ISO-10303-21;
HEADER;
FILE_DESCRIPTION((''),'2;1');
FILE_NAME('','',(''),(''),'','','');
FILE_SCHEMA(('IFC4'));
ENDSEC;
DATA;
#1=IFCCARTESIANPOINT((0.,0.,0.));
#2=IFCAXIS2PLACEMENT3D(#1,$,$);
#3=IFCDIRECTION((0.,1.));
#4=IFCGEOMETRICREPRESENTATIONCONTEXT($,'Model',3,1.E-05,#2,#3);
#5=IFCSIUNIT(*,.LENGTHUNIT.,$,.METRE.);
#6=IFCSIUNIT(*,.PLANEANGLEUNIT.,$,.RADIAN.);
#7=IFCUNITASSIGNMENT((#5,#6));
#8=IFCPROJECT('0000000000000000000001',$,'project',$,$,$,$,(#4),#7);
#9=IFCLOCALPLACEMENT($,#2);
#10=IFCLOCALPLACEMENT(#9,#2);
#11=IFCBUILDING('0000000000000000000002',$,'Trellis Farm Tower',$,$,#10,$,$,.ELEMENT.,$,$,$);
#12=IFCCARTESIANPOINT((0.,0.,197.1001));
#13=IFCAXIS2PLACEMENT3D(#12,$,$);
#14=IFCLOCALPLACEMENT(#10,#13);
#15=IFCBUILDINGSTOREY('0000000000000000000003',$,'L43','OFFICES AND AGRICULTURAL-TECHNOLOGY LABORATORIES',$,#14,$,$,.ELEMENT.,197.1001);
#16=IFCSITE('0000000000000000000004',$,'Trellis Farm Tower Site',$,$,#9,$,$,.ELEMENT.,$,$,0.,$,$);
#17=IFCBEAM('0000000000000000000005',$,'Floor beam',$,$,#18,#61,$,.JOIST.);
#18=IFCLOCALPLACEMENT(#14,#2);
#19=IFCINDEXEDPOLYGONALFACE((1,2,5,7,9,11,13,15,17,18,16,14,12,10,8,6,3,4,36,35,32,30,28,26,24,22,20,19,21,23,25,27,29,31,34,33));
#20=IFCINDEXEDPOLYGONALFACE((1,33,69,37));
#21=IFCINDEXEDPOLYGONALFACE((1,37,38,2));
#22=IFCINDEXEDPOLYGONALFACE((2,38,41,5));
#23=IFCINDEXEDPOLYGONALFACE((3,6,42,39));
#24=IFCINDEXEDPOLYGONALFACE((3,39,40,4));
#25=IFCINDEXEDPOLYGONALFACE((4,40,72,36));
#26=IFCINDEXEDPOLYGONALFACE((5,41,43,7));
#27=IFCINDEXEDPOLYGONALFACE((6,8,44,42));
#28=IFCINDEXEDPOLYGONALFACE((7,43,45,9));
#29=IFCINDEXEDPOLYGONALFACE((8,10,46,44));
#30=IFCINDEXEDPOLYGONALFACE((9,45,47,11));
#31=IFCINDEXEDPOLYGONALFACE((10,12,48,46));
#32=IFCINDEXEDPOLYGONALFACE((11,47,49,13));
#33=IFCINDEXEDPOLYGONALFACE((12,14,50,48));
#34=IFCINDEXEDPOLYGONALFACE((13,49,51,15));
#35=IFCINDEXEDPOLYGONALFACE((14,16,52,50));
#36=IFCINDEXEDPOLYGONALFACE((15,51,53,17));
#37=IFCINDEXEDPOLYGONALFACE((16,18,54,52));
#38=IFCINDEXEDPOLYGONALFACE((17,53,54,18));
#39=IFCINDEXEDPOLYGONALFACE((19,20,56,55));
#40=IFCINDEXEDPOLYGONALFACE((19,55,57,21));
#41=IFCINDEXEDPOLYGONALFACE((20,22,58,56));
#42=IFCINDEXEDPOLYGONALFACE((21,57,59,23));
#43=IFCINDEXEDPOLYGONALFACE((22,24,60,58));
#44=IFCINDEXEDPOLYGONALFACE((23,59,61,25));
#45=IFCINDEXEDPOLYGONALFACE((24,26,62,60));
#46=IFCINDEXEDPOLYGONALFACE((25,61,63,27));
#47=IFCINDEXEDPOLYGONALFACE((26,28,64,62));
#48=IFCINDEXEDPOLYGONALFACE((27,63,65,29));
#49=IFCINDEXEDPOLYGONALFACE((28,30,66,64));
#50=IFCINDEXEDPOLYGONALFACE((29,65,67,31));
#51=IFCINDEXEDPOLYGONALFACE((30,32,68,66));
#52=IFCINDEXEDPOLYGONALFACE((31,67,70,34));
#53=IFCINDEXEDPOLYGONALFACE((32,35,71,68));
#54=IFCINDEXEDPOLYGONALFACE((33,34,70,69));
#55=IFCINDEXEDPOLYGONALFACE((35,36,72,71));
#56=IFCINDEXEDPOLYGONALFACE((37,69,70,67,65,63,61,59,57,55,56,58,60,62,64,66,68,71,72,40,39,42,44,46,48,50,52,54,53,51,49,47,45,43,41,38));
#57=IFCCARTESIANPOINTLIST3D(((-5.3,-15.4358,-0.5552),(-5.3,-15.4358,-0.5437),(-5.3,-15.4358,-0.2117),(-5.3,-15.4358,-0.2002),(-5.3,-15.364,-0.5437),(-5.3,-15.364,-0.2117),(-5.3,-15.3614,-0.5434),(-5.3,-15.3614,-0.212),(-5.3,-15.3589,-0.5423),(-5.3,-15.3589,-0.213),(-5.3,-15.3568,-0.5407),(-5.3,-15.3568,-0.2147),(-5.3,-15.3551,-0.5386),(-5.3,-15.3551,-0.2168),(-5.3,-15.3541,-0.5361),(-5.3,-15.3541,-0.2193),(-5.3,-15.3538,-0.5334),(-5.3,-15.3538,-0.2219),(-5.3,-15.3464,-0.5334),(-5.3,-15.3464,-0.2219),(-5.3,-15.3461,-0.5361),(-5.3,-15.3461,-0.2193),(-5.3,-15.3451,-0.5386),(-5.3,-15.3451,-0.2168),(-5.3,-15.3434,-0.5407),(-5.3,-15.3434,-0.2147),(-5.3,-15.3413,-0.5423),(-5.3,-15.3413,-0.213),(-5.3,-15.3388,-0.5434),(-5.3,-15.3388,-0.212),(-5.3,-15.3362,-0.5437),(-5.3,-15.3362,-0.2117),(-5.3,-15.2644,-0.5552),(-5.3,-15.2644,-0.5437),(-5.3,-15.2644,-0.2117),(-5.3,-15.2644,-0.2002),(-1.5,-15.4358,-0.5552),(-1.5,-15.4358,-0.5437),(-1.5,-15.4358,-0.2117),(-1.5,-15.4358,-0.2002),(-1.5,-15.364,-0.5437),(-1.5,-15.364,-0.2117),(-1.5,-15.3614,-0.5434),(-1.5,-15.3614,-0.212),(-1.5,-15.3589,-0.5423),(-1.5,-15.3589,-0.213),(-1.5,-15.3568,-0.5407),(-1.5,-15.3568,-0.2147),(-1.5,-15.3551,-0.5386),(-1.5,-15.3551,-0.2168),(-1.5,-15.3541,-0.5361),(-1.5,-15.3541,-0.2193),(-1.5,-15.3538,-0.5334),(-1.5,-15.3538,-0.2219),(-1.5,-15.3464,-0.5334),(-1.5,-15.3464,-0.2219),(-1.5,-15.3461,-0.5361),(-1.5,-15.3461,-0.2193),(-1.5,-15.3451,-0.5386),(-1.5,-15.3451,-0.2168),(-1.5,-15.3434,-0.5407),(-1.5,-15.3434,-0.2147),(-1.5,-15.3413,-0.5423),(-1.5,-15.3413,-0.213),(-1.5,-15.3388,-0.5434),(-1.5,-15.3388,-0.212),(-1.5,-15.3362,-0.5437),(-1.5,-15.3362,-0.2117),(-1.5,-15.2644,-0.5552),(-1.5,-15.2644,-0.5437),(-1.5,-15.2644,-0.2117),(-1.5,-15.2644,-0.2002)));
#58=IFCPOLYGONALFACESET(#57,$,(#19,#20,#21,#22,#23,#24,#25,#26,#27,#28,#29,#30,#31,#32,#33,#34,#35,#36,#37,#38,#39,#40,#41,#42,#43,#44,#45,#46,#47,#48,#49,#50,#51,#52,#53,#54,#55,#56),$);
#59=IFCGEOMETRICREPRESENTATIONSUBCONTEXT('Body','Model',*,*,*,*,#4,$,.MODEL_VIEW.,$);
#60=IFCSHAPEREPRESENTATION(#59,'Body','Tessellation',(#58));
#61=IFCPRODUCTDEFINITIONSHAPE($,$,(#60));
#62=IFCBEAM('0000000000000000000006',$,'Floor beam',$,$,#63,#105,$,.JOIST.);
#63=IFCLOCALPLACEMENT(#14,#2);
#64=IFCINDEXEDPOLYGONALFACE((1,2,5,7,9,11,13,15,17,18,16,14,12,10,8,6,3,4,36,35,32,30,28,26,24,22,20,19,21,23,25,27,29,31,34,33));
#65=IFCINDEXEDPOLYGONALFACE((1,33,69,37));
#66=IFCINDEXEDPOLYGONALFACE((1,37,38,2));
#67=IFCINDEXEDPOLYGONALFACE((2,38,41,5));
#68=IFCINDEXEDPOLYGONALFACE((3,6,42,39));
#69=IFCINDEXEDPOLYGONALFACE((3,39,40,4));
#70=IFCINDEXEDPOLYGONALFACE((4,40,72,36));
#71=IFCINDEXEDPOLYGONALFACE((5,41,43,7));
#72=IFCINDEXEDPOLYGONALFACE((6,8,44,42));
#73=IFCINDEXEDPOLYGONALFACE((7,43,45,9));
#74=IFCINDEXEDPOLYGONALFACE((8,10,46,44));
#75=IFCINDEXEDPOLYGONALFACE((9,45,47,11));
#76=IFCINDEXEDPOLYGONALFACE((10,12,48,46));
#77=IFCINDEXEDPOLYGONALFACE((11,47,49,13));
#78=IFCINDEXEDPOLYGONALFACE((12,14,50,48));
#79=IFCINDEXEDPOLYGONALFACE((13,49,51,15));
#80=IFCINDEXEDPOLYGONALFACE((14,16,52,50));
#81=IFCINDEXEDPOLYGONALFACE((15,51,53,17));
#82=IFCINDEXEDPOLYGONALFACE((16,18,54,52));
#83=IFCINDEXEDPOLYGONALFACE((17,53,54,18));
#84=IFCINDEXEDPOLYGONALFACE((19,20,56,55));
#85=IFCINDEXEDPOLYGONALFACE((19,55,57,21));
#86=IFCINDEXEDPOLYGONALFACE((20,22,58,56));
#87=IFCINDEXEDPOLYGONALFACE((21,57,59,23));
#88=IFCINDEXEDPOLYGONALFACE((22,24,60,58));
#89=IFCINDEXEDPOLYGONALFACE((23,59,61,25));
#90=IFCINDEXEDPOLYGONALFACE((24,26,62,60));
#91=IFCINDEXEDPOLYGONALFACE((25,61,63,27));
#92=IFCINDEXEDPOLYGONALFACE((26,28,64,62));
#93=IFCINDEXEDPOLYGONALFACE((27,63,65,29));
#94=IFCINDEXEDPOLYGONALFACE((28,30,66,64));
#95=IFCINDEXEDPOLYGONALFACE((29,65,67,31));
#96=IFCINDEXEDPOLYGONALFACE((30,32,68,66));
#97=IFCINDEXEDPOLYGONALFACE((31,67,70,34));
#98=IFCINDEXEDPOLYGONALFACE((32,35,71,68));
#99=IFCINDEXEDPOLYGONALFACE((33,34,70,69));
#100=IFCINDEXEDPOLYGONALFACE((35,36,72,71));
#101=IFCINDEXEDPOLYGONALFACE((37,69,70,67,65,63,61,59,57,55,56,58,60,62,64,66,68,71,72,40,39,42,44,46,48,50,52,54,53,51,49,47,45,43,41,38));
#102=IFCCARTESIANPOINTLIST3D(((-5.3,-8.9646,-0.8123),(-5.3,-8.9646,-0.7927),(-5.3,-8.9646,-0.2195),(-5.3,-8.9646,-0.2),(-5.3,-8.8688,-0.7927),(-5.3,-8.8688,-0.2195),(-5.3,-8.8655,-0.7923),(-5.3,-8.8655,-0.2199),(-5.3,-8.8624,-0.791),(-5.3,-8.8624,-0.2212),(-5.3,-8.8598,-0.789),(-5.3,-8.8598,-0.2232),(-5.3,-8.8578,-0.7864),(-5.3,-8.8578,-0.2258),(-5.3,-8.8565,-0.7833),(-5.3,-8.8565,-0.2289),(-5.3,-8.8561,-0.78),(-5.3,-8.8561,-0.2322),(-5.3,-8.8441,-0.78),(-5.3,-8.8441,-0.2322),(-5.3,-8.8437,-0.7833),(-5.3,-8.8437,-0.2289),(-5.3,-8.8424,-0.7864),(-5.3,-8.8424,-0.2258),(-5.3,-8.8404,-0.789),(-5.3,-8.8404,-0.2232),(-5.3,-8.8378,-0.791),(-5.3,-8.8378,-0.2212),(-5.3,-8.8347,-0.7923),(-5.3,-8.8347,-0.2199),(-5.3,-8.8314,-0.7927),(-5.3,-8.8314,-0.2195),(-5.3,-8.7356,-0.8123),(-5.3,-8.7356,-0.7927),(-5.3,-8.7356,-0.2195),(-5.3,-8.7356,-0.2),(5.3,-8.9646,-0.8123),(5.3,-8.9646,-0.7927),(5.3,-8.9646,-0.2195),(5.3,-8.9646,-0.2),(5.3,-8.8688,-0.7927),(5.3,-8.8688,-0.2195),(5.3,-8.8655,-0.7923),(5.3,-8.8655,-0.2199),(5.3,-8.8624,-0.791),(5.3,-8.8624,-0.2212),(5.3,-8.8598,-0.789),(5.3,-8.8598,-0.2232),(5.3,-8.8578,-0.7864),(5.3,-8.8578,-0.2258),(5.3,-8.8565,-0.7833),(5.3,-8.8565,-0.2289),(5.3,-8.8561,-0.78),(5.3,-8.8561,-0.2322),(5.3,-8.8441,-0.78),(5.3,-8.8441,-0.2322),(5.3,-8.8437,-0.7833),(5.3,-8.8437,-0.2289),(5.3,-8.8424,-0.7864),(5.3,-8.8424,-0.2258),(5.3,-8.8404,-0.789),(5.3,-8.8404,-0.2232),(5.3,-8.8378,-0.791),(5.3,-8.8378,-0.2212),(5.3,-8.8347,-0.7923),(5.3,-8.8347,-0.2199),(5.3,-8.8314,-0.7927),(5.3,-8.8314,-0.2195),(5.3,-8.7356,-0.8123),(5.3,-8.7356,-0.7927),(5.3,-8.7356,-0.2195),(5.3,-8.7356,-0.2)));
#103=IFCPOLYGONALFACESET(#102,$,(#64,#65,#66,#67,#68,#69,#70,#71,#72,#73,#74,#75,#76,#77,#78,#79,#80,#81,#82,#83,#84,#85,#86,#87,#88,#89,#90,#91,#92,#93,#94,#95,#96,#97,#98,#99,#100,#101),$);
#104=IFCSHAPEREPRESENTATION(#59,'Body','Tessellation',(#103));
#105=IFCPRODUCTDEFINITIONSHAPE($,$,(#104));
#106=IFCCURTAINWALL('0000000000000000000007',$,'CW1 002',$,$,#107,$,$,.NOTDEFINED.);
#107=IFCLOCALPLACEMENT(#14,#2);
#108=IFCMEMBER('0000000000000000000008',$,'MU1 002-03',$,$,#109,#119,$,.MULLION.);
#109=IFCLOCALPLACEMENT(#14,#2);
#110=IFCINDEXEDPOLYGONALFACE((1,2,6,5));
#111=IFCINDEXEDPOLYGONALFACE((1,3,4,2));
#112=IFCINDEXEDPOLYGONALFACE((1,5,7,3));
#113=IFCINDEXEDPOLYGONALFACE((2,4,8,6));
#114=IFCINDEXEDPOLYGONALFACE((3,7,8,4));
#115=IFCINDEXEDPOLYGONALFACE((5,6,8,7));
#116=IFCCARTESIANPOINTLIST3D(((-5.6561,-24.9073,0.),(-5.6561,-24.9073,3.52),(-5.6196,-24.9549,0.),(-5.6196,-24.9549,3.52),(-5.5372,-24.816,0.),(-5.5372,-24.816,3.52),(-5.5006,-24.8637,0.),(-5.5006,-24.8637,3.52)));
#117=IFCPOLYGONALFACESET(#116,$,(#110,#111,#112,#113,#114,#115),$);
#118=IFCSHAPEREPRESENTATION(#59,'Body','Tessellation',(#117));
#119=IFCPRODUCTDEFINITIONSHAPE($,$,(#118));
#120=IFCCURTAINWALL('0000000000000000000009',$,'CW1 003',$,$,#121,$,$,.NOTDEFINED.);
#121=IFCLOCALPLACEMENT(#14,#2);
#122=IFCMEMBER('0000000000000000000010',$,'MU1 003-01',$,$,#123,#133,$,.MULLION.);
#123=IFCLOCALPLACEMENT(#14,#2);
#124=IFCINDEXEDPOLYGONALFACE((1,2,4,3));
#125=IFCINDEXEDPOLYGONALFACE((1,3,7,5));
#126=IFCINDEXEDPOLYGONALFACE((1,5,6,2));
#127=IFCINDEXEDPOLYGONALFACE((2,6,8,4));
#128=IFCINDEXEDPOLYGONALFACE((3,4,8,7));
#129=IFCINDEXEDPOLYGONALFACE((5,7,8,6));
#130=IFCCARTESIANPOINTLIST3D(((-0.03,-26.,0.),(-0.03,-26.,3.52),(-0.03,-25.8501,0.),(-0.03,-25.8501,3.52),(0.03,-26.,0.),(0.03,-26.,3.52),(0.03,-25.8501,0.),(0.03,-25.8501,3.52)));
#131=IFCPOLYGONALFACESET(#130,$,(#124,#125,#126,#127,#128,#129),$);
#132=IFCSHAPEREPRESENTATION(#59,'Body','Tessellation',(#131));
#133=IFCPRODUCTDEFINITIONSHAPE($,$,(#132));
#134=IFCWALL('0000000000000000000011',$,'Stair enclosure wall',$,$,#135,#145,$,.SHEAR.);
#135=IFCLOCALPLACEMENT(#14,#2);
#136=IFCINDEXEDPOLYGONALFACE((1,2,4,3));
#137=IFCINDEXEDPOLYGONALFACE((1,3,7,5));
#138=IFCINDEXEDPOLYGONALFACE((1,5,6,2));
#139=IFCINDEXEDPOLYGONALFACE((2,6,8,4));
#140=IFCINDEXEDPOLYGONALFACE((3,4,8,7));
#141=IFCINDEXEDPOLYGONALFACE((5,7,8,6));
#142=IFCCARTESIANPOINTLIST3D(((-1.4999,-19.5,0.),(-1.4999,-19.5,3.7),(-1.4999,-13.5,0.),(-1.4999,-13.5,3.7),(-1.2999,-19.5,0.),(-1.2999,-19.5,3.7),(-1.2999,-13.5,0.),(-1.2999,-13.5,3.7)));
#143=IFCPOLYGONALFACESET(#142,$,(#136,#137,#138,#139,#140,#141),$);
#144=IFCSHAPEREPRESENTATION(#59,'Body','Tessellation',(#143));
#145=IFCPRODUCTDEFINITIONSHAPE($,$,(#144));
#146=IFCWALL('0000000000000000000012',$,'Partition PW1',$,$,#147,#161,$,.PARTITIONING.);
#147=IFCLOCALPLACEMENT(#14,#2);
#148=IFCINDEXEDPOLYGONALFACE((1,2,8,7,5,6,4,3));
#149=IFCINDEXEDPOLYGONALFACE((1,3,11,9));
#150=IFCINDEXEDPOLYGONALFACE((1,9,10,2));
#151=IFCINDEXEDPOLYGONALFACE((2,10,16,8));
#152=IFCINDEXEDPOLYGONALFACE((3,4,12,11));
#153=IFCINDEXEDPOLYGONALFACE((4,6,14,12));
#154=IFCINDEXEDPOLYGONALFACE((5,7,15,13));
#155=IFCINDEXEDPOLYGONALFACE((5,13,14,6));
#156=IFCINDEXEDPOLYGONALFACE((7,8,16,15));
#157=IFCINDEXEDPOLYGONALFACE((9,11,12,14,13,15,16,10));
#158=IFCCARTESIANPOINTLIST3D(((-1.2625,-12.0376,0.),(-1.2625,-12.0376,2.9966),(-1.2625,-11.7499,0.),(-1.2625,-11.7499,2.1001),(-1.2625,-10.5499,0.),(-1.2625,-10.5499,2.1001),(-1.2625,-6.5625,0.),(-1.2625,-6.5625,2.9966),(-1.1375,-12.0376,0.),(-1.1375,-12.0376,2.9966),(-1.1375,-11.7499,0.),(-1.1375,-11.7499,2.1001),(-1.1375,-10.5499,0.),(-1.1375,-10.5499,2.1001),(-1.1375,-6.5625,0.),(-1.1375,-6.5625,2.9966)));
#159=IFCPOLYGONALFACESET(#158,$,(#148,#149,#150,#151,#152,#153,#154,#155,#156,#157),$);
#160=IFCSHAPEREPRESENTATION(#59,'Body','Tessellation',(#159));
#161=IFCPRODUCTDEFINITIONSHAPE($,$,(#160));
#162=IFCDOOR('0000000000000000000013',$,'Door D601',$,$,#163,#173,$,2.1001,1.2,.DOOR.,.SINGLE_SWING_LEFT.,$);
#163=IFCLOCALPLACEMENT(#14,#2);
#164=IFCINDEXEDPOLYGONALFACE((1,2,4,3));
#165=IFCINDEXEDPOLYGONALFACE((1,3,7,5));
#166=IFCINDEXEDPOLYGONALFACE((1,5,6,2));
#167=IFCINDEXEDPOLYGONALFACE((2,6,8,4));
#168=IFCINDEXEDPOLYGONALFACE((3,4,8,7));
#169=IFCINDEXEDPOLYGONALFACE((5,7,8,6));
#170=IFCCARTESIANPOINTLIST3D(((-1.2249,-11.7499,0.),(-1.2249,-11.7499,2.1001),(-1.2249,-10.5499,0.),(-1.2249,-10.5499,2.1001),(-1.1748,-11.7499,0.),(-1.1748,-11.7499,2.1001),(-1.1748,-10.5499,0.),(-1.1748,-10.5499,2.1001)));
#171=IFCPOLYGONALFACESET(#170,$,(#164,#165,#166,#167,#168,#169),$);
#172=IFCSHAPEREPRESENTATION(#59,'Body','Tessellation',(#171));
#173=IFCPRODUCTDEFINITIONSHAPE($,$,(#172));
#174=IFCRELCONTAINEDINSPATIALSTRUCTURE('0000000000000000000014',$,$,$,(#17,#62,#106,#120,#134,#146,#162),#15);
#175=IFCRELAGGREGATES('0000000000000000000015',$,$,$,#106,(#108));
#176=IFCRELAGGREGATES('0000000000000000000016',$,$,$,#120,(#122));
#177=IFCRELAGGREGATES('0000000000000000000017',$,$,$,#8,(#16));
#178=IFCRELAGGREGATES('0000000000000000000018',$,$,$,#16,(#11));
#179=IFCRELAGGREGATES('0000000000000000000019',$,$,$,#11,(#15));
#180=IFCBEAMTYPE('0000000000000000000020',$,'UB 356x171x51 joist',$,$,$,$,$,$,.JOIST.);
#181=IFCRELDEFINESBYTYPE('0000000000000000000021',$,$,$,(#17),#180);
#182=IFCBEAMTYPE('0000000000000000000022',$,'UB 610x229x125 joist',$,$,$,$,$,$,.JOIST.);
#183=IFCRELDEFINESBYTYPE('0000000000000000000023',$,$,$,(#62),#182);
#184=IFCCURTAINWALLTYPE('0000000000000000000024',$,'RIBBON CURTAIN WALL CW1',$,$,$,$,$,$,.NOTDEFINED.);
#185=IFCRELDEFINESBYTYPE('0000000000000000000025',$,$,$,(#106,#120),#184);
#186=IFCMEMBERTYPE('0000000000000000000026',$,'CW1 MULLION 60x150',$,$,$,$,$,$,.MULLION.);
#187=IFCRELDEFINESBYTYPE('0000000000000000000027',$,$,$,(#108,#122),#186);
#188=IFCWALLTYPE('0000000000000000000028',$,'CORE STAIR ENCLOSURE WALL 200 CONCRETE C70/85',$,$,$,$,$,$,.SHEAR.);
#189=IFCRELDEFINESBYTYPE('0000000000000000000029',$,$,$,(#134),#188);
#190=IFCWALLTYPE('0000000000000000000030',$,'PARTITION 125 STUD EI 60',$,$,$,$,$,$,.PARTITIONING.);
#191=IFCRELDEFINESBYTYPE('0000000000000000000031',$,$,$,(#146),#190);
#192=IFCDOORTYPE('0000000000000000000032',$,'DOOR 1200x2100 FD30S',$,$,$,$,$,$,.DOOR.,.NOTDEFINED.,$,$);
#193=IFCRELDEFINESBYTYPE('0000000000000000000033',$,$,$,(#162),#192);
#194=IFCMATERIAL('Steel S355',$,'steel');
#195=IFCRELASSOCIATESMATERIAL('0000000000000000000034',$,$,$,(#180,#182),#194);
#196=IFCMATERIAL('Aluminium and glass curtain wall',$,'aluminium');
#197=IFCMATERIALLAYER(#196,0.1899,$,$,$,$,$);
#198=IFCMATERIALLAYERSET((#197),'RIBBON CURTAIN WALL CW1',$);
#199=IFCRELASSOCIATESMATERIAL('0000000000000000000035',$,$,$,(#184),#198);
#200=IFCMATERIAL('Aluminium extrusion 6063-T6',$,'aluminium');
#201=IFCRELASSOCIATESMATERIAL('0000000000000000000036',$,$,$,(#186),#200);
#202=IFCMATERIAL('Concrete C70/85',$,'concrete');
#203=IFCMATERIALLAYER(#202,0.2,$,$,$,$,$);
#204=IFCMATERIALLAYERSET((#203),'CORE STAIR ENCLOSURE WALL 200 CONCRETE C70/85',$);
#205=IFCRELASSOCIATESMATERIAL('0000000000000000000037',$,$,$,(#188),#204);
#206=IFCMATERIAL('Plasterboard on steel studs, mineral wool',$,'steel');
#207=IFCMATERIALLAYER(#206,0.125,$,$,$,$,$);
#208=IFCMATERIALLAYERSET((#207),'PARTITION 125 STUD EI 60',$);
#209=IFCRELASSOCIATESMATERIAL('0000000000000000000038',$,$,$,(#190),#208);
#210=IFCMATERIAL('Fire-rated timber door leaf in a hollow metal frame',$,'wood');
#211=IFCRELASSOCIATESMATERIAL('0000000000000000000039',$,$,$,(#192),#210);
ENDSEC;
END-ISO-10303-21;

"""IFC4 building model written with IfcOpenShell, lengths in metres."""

from ifc_helpers import new_model, si_unit, direction, frame, frame_2d, origin, origin_2d, place, context, subcontext, project, spatial, rectangle, i_section, extrude, source, transform, mapped, material, layer, layer_set, material_profile, profile_set, type_object, element, fill, aggregate, save


model = new_model("IFC4")

# Units and contexts
model_context = context("Model", 3, precision=1e-05, world=origin(), true_north=direction((0.0, 1.0)))
body_context = subcontext(model_context, "Body", "Model", "MODEL_VIEW")
ifc_project = project(units=[si_unit("LENGTHUNIT", "METRE"), si_unit("PLANEANGLEUNIT", "RADIAN")], contexts=[model_context])

# Site, building, storey
site_placement = place(None, origin())
site = spatial("IfcSite", under=ifc_project, at=site_placement, Name="Trellis Farm Tower Site", CompositionType="ELEMENT", RefElevation=0.0)
building_placement = place(site_placement, origin())
building = spatial("IfcBuilding", under=site, at=building_placement, Name="Trellis Farm Tower", CompositionType="ELEMENT")
storey_placement = place(building_placement, frame((0.0, 0.0, 197.1001)))
storey = spatial("IfcBuildingStorey", under=building, at=storey_placement, Name="L43", Description="OFFICES AND AGRICULTURAL-TECHNOLOGY LABORATORIES", CompositionType="ELEMENT", Elevation=197.1001)

# Shared definitions
ifc_material_1 = material(Name="Concrete C70/85", Category="concrete")

# Beams
ifc_material_2 = material(Name="Steel S355", Category="steel")
ifc_material_profile_1 = material_profile(ifc_material_2, i_section(OverallWidth=0.1714, OverallDepth=0.355, WebThickness=0.0073, FlangeThickness=0.0115, FilletRadius=0.0103, at=origin_2d()), Name="UB 356x171x51")
ifc_profile_set_1 = profile_set([ifc_material_profile_1], Name="Steel S355")
beam_type_1 = type_object("IfcBeamType", Name="UB 356x171x51 joist", PredefinedType="JOIST", material=ifc_profile_set_1)
shared_shape_1 = source(origin(), body_context, "Body", "SweptSolid", [
    extrude(i_section(OverallWidth=0.1714, OverallDepth=0.355, WebThickness=0.0073, FlangeThickness=0.0115, FilletRadius=0.0103, at=origin_2d()), origin(), (0.0, 0.0, 1.0), 3.8),
])
beam_1_placement = place(storey_placement, frame((-5.3, -15.3501, -0.3777), z_axis=(1.0, 0.0, 0.0), x_axis=(0.0, 1.0, 0.0)))
element("IfcBeam", 1, at=beam_1_placement, inside=storey, type_object=beam_type_1, Name="Floor beam", PredefinedType="JOIST", context=body_context, shape_type="MappedRepresentation", body=[
    mapped(shared_shape_1, transform((0.0, 0.0, 0.0))),
])
ifc_material_profile_2 = material_profile(ifc_material_2, i_section(OverallWidth=0.229, OverallDepth=0.6123, WebThickness=0.012, FlangeThickness=0.0195, FilletRadius=0.0127, at=origin_2d()), Name="UB 610x229x125")
ifc_profile_set_2 = profile_set([ifc_material_profile_2], Name="Steel S355")
beam_type_2 = type_object("IfcBeamType", Name="UB 610x229x125 joist", PredefinedType="JOIST", material=ifc_profile_set_2)
shared_shape_2 = source(origin(), body_context, "Body", "SweptSolid", [
    extrude(i_section(OverallWidth=0.229, OverallDepth=0.6123, WebThickness=0.012, FlangeThickness=0.0195, FilletRadius=0.0127, at=origin_2d()), origin(), (0.0, 0.0, 1.0), 10.6001),
])
beam_2_placement = place(storey_placement, frame((-5.3, -8.8501, -0.5061), z_axis=(1.0, 0.0, 0.0), x_axis=(0.0, 1.0, 0.0)))
element("IfcBeam", 2, at=beam_2_placement, inside=storey, type_object=beam_type_2, Name="Floor beam", PredefinedType="JOIST", context=body_context, shape_type="MappedRepresentation", body=[
    mapped(shared_shape_2, transform((0.0, 0.0, 0.0))),
])

# Curtain walls, members
ifc_material_3 = material(Name="Aluminium and glass curtain wall", Category="aluminium")
ifc_layer_1 = layer(ifc_material_3, 0.1899)
ifc_layer_set_1 = layer_set([ifc_layer_1], Name="RIBBON CURTAIN WALL CW1")
curtain_wall_type = type_object("IfcCurtainWallType", Name="RIBBON CURTAIN WALL CW1", PredefinedType="NOTDEFINED", material=ifc_layer_set_1)
placement = place(storey_placement, origin())
curtain_wall_1 = element("IfcCurtainWall", 3, at=placement, inside=storey, type_object=curtain_wall_type, Name="CW1 002", PredefinedType="NOTDEFINED")
ifc_material_4 = material(Name="Aluminium extrusion 6063-T6", Category="aluminium")
ifc_material_profile_3 = material_profile(ifc_material_4, rectangle(XDim=0.0601, YDim=0.1499, at=origin_2d()), Name="MULLION 60x150")
ifc_profile_set_3 = profile_set([ifc_material_profile_3], Name="Aluminium extrusion 6063-T6")
member_type = type_object("IfcMemberType", Name="CW1 MULLION 60x150", PredefinedType="MULLION", material=ifc_profile_set_3)
shared_shape_3 = source(origin(), body_context, "Body", "SweptSolid", [
    extrude(rectangle(XDim=0.0601, YDim=0.1499, at=origin_2d()), origin(), (0.0, 0.0, 1.0), 3.52),
])
member_1_placement = place(storey_placement, frame((-5.5784, -24.8855, 0.0), z_axis=(0.0, 0.0, 1.0), x_axis=(0.608761, -0.793353, 0.0)))
member_1 = element("IfcMember", 4, at=member_1_placement, type_object=member_type, Name="MU1 002-03", PredefinedType="MULLION", context=body_context, shape_type="MappedRepresentation", body=[
    mapped(shared_shape_3, transform((0.0, 0.0, 0.0))),
])
aggregate(curtain_wall_1, [member_1])
curtain_wall_2 = element("IfcCurtainWall", 5, at=placement, inside=storey, type_object=curtain_wall_type, Name="CW1 003", PredefinedType="NOTDEFINED")
member_2_placement = place(storey_placement, frame((0.0, -25.925, 0.0), z_axis=(0.0, 0.0, 1.0), x_axis=(1.0, 0.0, 0.0)))
member_2 = element("IfcMember", 6, at=member_2_placement, type_object=member_type, Name="MU1 003-01", PredefinedType="MULLION", context=body_context, shape_type="MappedRepresentation", body=[
    mapped(shared_shape_3, transform((0.0, 0.0, 0.0))),
])
aggregate(curtain_wall_2, [member_2])

# Wall
ifc_layer_2 = layer(ifc_material_1, 0.2)
ifc_layer_set_2 = layer_set([ifc_layer_2], Name="CORE STAIR ENCLOSURE WALL 200 CONCRETE C70/85")
wall_type_1 = type_object("IfcWallType", Name="CORE STAIR ENCLOSURE WALL 200 CONCRETE C70/85", PredefinedType="SHEAR", material=ifc_layer_set_2)
shared_shape_4 = source(origin(), body_context, "Body", "SweptSolid", [
    extrude(rectangle(XDim=6.0, YDim=0.2, at=frame_2d((3.0, 0.0))), origin(), (0.0, 0.0, 1.0), 3.7),
])
wall_1_placement = place(storey_placement, frame((-1.3999, -13.5, 0.0), z_axis=(0.0, 0.0, 1.0), x_axis=(0.0, -1.0, 0.0)))
element("IfcWall", 7, at=wall_1_placement, inside=storey, type_object=wall_type_1, Name="Stair enclosure wall", PredefinedType="SHEAR", context=body_context, shape_type="MappedRepresentation", body=[
    mapped(shared_shape_4, transform((0.0, 0.0, 0.0))),
])

# Wall, opening, door
ifc_material_5 = material(Name="Plasterboard on steel studs, mineral wool", Category="steel")
ifc_layer_3 = layer(ifc_material_5, 0.125)
ifc_layer_set_3 = layer_set([ifc_layer_3], Name="PARTITION 125 STUD EI 60")
wall_type_2 = type_object("IfcWallType", Name="PARTITION 125 STUD EI 60", PredefinedType="PARTITIONING", material=ifc_layer_set_3)
shared_shape_5 = source(origin(), body_context, "Body", "SweptSolid", [
    extrude(rectangle(XDim=5.4751, YDim=0.125, at=frame_2d((2.7375, 0.0))), origin(), (0.0, 0.0, 1.0), 2.9966),
])
wall_2_placement = place(storey_placement, frame((-1.2, -12.0376, 0.0), z_axis=(0.0, 0.0, 1.0), x_axis=(0.0, 1.0, 0.0)))
wall_2 = element("IfcWall", 8, at=wall_2_placement, inside=storey, type_object=wall_type_2, Name="Partition PW1", PredefinedType="PARTITIONING", context=body_context, shape_type="MappedRepresentation", body=[
    mapped(shared_shape_5, transform((0.0, 0.0, 0.0))),
])
shared_shape_6 = source(origin(), body_context, "Body", "SweptSolid", [
    extrude(rectangle(XDim=1.2, YDim=2.1001, at=frame_2d((0.6001, 1.05))), frame((0.0, 0.0725, 0.0), z_axis=(0.0, -1.0, 0.0), x_axis=(1.0, 0.0, 0.0)), (0.0, 0.0, 1.0), 0.145),
])
opening_1_placement = place(wall_2_placement, frame((0.2876, 0.0, 0.0)))
opening_1 = element("IfcOpeningElement", 9, at=opening_1_placement, cuts=wall_2, PredefinedType="OPENING", context=body_context, shape_type="MappedRepresentation", body=[
    mapped(shared_shape_6, transform((0.0, 0.0, 0.0))),
])
ifc_material_6 = material(Name="Fire-rated timber door leaf in a hollow metal frame", Category="wood")
door_type_1 = type_object("IfcDoorType", Name="DOOR 1200x2100 FD30S", OperationType="NOTDEFINED", PredefinedType="DOOR", material=ifc_material_6)
shared_shape_7 = source(origin(), body_context, "Body", "SweptSolid", [
    extrude(rectangle(XDim=1.2, YDim=2.1001, at=frame_2d((0.6001, 1.05))), frame((0.0, 0.0249, 0.0), z_axis=(0.0, -1.0, 0.0), x_axis=(1.0, 0.0, 0.0)), (0.0, 0.0, 1.0), 0.05),
])
door_1_placement = place(opening_1_placement, origin())
door_1 = element("IfcDoor", 10, at=door_1_placement, inside=storey, type_object=door_type_1, Name="Door D601", OperationType="SINGLE_SWING_LEFT", OverallHeight=2.1001, OverallWidth=1.2, PredefinedType="DOOR", context=body_context, shape_type="MappedRepresentation", body=[
    mapped(shared_shape_7, transform((0.0, 0.0, 0.0))),
])
fill(opening_1, door_1)

save(model, "model.ifc")
